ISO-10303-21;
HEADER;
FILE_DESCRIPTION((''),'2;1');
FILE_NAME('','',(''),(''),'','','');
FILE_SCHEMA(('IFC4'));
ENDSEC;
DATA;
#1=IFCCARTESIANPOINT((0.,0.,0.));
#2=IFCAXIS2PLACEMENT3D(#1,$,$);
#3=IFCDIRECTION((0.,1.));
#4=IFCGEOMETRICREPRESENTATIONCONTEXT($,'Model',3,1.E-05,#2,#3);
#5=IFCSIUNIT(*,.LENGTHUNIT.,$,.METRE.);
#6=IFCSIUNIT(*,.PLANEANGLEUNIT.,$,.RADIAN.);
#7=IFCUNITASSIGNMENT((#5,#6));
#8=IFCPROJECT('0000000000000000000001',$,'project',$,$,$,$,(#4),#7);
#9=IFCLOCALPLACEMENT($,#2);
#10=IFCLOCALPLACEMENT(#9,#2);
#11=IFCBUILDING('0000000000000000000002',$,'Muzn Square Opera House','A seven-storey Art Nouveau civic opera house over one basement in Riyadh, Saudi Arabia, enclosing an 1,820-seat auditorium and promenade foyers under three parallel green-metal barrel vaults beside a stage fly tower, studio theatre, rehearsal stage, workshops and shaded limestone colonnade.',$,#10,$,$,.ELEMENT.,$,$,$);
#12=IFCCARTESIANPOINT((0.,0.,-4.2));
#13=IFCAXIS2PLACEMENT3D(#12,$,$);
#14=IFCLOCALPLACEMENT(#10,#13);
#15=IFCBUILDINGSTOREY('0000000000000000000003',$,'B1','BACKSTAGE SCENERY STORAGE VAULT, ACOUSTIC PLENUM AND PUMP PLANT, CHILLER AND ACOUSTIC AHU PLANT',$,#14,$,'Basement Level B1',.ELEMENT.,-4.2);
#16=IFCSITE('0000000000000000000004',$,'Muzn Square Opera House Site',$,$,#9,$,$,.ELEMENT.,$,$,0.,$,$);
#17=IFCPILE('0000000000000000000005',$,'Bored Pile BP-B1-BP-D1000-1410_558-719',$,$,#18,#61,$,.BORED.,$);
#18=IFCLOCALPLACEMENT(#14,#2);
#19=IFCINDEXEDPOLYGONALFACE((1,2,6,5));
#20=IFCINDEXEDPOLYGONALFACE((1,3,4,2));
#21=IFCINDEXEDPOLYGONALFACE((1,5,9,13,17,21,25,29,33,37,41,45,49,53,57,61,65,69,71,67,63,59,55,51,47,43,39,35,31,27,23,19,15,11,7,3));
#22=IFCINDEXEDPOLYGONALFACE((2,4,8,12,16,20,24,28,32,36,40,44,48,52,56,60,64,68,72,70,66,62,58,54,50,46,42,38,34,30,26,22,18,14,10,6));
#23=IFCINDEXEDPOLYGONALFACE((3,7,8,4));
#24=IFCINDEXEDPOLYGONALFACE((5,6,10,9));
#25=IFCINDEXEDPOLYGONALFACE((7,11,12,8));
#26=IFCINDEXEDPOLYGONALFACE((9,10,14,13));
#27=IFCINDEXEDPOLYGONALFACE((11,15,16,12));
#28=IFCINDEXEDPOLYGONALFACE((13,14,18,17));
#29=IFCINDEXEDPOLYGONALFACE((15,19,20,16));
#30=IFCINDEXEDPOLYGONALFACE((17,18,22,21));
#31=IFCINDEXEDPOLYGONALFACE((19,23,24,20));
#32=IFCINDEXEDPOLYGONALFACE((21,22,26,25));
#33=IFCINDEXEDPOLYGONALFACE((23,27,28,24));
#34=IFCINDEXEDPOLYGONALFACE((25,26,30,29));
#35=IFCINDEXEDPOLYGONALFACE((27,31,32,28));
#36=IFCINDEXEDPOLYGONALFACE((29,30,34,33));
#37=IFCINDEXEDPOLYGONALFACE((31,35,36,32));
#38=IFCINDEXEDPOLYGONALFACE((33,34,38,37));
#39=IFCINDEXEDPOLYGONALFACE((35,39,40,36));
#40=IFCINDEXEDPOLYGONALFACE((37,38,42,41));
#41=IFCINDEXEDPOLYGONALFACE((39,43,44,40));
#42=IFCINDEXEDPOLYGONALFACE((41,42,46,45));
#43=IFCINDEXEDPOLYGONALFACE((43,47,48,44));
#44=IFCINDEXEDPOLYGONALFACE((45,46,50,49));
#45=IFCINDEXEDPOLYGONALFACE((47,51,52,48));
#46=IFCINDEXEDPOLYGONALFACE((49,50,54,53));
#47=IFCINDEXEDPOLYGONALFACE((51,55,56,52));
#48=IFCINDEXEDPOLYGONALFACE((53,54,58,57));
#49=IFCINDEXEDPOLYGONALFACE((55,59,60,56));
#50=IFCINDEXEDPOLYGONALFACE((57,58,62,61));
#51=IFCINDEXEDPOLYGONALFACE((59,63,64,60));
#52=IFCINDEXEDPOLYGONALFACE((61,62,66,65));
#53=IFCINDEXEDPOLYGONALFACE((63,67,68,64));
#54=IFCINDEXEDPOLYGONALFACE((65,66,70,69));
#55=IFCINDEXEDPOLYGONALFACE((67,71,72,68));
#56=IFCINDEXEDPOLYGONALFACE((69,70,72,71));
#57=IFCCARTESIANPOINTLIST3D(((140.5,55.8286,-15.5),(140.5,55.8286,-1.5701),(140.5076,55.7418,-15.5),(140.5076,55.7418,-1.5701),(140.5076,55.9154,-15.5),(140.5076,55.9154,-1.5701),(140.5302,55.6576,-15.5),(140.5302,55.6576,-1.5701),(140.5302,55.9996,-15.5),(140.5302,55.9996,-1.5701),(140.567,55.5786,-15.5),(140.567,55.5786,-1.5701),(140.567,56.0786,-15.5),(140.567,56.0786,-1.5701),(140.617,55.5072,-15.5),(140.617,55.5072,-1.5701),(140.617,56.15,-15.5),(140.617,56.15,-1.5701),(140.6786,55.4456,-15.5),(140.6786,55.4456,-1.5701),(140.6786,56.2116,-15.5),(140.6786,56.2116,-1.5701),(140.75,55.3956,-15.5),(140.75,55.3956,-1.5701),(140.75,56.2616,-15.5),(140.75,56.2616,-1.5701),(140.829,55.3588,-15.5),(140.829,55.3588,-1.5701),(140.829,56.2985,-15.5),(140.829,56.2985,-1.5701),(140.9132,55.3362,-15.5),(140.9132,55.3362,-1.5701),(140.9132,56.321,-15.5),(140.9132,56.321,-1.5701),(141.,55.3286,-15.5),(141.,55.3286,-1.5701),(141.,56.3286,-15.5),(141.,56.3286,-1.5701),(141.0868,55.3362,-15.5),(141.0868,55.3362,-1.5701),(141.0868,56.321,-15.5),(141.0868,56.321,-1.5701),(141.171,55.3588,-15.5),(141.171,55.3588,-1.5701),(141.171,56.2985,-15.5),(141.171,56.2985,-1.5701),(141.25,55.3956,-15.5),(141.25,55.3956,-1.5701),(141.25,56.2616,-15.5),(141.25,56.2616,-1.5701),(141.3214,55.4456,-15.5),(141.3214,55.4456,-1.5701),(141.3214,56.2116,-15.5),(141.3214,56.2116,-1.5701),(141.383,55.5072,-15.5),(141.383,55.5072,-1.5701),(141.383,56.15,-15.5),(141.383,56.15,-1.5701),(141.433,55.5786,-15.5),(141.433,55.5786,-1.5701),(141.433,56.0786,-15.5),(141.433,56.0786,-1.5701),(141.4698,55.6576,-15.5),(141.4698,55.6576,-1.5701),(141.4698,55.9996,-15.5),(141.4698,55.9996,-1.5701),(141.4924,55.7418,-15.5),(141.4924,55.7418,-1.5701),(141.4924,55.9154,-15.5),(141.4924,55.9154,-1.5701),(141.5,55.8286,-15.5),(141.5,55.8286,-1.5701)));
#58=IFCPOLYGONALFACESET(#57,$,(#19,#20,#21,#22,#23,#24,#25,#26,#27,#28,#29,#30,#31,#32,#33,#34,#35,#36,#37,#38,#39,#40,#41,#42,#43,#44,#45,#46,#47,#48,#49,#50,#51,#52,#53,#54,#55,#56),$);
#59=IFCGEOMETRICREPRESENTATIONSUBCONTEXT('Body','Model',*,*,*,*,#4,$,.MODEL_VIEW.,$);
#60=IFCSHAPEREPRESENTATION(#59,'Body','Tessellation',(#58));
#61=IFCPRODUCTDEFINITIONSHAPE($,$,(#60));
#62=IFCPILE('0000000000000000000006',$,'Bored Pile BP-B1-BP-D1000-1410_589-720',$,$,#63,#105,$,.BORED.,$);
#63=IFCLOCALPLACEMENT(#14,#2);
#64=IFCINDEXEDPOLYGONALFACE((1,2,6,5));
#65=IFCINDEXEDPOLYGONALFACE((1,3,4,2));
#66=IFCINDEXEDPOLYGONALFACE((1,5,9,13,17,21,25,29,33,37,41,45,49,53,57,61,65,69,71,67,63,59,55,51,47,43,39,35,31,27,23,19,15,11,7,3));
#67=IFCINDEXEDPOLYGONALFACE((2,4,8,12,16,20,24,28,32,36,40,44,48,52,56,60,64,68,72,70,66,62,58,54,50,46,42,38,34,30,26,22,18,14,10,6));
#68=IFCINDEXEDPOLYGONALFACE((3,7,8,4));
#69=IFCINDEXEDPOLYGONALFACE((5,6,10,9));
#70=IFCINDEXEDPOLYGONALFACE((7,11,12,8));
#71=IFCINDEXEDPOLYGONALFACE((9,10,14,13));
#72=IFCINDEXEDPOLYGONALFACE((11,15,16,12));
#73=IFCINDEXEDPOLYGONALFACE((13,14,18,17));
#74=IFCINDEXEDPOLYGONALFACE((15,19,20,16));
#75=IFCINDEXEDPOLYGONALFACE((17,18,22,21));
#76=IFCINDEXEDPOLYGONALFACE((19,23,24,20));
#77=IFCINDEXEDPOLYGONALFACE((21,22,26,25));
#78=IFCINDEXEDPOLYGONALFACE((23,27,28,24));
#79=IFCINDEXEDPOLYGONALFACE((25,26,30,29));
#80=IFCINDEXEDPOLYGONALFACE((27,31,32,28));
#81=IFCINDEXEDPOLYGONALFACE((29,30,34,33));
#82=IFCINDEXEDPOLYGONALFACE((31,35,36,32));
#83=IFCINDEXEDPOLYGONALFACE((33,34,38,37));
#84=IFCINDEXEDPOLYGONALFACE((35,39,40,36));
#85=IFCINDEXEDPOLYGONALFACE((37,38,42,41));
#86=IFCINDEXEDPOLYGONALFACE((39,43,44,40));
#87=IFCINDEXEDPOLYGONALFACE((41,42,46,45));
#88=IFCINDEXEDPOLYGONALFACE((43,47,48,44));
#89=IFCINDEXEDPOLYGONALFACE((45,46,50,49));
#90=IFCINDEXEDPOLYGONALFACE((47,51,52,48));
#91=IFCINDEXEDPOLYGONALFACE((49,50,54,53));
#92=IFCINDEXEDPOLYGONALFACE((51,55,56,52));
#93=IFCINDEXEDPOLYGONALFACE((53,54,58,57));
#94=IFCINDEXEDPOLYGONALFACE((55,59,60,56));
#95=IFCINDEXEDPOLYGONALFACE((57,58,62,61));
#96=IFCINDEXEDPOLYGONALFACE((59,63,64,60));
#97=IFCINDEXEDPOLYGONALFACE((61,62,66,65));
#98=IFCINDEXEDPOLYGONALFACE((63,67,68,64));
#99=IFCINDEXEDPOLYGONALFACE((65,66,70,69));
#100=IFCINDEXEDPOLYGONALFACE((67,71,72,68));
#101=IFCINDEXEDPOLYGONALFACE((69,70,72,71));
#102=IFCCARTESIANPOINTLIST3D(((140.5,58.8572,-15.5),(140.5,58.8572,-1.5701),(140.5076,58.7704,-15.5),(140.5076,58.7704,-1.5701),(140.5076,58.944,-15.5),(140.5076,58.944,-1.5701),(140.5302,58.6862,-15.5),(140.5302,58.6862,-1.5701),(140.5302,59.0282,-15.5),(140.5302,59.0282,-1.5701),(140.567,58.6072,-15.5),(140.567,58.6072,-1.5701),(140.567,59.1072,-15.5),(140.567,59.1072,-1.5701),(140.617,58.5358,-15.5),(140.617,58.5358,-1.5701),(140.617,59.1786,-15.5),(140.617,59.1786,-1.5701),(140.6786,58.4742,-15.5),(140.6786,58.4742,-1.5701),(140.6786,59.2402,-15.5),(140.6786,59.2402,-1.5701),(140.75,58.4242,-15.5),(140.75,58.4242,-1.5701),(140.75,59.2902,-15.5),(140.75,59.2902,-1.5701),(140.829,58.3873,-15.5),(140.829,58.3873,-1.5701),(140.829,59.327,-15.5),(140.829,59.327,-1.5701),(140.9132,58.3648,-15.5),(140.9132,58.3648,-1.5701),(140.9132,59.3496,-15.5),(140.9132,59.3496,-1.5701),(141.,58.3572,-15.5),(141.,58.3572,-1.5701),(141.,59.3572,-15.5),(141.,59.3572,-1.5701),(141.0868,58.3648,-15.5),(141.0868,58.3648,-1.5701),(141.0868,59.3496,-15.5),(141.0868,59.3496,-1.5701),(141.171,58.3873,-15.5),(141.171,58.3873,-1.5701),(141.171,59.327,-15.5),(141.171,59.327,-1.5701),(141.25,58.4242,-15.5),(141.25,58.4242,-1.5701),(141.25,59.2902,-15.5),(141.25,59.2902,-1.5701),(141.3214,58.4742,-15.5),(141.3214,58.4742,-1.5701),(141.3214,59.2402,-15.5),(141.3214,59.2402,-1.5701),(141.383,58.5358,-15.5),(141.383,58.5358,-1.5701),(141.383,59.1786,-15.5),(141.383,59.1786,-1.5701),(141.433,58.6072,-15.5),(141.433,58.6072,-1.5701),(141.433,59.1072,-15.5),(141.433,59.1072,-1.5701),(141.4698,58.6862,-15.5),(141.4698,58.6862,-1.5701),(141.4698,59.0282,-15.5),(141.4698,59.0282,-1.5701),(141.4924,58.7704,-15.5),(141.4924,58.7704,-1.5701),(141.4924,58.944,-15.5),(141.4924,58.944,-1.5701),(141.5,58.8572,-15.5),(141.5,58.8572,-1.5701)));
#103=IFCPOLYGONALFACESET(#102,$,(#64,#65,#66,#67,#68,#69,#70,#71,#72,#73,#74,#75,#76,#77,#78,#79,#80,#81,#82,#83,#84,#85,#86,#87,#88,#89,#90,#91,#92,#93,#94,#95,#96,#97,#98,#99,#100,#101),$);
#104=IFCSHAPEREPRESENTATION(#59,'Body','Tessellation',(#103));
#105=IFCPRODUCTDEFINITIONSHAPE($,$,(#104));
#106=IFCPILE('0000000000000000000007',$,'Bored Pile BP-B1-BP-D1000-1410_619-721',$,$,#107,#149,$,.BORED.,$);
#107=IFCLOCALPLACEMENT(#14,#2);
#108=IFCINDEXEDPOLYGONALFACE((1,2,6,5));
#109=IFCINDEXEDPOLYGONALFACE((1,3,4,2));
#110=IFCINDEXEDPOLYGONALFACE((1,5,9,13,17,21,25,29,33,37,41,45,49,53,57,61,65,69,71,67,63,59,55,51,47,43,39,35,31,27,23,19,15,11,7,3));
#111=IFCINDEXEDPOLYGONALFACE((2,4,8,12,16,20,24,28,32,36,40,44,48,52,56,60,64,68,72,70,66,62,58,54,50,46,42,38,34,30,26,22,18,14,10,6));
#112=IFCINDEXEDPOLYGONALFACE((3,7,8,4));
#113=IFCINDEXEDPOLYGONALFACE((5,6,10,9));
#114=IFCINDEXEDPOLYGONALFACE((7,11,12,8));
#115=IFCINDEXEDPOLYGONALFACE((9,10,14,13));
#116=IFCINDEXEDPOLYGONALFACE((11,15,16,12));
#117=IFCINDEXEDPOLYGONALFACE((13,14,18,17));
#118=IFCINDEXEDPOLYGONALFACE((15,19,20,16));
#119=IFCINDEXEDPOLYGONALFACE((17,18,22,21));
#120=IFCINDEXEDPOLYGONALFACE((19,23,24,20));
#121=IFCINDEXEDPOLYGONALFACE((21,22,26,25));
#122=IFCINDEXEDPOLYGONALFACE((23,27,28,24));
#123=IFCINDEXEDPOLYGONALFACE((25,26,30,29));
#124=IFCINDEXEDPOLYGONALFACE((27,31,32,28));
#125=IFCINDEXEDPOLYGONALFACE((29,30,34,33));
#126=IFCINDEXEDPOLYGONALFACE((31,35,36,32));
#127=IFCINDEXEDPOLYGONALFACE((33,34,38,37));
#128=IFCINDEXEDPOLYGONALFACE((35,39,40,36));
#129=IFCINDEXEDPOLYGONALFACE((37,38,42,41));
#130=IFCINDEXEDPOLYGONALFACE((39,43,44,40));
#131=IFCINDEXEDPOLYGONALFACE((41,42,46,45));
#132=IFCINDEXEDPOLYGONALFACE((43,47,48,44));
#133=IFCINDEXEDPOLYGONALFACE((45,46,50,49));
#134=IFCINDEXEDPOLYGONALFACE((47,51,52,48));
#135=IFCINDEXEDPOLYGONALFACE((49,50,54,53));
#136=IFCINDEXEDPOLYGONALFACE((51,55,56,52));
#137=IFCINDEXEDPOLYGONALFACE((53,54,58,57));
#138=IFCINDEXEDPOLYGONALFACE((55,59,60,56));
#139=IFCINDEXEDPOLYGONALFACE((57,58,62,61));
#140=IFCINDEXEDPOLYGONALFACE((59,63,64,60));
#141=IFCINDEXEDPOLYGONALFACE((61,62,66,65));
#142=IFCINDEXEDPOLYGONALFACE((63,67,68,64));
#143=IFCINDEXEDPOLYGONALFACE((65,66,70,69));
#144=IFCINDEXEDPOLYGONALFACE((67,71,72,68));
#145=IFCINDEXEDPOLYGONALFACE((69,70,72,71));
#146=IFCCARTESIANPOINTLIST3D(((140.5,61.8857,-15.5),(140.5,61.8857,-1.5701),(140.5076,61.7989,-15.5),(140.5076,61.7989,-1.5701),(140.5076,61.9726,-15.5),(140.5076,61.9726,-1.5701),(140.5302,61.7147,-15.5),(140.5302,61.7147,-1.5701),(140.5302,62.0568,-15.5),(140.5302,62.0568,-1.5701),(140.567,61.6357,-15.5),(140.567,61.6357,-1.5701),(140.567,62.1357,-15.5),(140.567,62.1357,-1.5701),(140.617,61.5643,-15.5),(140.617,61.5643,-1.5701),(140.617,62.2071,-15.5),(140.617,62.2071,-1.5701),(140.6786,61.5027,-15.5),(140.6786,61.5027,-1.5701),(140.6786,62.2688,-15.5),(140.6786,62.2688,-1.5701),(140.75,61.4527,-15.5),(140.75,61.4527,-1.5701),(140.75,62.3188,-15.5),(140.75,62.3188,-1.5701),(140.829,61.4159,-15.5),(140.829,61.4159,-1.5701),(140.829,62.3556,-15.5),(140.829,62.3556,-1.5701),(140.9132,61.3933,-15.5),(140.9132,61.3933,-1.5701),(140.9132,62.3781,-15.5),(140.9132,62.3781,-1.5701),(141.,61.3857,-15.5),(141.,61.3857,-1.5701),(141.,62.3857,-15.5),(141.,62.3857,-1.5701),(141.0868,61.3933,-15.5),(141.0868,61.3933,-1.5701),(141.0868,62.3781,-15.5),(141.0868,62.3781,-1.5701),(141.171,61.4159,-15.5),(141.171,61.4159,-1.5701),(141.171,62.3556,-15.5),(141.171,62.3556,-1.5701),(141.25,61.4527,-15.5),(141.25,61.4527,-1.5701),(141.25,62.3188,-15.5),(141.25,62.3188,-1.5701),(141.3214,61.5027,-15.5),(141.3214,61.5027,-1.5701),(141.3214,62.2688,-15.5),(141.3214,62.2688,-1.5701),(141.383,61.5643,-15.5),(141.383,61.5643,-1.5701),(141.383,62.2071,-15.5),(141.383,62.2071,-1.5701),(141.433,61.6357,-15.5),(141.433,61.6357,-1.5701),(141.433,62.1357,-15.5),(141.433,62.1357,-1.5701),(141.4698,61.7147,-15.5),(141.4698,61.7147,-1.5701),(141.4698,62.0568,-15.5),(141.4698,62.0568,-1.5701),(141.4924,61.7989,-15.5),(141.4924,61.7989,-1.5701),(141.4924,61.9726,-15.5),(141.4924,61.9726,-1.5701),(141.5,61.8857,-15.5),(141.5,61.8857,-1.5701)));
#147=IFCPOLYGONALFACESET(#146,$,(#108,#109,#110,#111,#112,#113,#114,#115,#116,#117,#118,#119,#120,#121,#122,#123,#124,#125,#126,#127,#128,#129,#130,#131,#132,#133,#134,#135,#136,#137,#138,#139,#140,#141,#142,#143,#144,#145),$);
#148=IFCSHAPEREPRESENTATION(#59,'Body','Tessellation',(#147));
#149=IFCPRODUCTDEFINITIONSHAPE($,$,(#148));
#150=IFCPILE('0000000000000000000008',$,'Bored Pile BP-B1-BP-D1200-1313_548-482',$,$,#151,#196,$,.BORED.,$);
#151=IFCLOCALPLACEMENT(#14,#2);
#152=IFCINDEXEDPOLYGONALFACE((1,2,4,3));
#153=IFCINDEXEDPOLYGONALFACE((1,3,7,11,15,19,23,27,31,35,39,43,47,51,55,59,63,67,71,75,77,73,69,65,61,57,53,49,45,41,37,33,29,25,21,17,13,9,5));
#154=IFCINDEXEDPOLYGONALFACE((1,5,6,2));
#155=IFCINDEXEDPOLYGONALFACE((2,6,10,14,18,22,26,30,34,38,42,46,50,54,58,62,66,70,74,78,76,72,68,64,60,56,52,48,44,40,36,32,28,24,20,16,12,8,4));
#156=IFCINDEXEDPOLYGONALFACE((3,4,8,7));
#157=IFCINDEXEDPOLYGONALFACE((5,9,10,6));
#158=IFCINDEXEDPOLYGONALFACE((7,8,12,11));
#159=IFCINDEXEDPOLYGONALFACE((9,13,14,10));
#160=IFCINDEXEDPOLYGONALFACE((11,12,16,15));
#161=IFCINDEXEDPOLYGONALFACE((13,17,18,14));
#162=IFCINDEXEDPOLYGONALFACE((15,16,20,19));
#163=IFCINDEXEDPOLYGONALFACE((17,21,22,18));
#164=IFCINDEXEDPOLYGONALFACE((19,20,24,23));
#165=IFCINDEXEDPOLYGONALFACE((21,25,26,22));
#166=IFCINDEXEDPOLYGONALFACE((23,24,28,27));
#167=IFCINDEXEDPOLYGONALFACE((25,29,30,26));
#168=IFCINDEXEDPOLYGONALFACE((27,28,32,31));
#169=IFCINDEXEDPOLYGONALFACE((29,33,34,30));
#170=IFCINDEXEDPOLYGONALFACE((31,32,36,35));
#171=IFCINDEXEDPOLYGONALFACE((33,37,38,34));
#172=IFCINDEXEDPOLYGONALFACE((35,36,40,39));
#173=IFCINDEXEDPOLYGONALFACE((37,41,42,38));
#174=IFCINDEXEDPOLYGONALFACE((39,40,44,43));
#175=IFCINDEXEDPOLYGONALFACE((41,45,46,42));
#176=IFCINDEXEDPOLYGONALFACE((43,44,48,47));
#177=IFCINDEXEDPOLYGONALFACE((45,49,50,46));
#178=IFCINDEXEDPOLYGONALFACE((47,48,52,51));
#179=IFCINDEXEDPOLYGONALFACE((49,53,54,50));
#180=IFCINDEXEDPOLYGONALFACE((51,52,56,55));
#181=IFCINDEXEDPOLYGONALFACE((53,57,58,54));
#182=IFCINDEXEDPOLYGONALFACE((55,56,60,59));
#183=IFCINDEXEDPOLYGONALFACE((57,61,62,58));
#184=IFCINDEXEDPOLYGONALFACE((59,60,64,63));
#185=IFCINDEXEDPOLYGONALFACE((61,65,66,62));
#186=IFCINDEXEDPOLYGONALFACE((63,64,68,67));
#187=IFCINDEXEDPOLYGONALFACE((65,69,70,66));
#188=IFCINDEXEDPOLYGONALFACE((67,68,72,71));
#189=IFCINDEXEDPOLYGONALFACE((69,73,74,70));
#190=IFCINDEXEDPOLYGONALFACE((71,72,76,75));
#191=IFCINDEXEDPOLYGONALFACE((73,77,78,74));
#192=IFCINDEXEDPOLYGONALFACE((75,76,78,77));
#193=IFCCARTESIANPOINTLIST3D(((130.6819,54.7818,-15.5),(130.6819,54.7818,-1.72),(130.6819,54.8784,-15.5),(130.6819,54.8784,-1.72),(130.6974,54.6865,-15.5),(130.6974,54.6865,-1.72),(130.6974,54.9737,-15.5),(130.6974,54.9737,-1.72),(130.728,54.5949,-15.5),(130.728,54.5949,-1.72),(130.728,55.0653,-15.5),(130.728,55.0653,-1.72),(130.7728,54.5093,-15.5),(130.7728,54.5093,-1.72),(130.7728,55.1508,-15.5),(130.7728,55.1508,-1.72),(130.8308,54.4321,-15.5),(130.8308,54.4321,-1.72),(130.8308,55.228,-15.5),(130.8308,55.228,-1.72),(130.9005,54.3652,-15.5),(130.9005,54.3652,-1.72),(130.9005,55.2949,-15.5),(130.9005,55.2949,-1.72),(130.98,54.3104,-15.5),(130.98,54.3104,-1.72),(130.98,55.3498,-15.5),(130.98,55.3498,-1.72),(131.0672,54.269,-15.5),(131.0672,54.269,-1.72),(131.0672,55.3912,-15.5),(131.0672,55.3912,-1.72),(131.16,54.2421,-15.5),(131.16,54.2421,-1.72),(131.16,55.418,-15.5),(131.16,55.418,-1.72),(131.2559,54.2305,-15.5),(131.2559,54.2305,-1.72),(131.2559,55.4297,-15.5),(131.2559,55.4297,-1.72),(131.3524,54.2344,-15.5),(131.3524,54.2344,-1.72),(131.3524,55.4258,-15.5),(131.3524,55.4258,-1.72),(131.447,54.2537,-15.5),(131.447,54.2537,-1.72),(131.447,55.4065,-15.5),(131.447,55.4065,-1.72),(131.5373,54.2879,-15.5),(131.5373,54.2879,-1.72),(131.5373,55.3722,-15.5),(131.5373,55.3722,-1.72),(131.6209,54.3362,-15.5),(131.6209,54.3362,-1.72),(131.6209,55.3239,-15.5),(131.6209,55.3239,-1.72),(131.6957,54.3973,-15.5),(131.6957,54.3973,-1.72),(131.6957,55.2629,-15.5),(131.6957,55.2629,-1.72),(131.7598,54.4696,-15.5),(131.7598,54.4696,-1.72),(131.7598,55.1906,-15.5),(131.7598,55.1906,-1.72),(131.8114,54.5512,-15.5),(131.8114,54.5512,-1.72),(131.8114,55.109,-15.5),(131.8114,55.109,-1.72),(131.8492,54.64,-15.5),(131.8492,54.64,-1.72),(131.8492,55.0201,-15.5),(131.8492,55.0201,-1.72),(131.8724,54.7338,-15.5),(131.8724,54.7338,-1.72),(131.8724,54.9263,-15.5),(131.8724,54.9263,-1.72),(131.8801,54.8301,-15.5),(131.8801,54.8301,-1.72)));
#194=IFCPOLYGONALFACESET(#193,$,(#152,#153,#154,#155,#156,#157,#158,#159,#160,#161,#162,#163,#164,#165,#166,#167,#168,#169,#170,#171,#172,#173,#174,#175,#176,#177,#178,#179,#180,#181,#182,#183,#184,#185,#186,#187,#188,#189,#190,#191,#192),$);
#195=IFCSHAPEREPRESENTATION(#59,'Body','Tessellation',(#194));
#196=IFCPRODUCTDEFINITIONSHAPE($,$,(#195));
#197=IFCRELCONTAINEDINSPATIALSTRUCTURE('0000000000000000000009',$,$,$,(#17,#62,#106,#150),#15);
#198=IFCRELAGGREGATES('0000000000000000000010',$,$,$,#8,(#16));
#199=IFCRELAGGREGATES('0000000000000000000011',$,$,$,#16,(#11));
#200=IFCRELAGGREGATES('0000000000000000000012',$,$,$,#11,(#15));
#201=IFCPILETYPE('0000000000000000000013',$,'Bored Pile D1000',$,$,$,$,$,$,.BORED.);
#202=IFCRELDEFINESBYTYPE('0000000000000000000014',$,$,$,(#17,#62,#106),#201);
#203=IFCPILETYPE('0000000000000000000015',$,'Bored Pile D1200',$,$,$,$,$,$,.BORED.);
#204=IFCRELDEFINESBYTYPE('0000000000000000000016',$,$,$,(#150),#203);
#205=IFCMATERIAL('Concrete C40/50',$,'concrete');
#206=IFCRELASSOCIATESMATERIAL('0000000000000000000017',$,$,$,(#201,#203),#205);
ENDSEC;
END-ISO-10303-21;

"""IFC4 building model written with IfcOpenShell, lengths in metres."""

from ifc_helpers import new_model, si_unit, direction, frame, origin, origin_2d, place, context, subcontext, project, spatial, circle, extrude, material, material_profile, profile_set, type_object, element, save


model = new_model("IFC4")

# Units and contexts
model_context = context("Model", 3, precision=1e-05, world=origin(), true_north=direction((0.0, 1.0)))
body_context = subcontext(model_context, "Body", "Model", "MODEL_VIEW")
ifc_project = project(units=[si_unit("LENGTHUNIT", "METRE"), si_unit("PLANEANGLEUNIT", "RADIAN")], contexts=[model_context])

# Site, building, storey
site_placement = place(None, origin())
site = spatial("IfcSite", under=ifc_project, at=site_placement, Name="Muzn Square Opera House Site", CompositionType="ELEMENT", RefElevation=0.0)
building_placement = place(site_placement, origin())
building = spatial("IfcBuilding", under=site, at=building_placement, Name="Muzn Square Opera House", Description="A seven-storey Art Nouveau civic opera house over one basement in Riyadh, Saudi Arabia, enclosing an 1,820-seat auditorium and promenade foyers under three parallel green-metal barrel vaults beside a stage fly tower, studio theatre, rehearsal stage, workshops and shaded limestone colonnade.", CompositionType="ELEMENT")
storey_placement = place(building_placement, frame((0.0, 0.0, -4.2)))
storey = spatial("IfcBuildingStorey", under=building, at=storey_placement, Name="B1", Description="BACKSTAGE SCENERY STORAGE VAULT, ACOUSTIC PLENUM AND PUMP PLANT, CHILLER AND ACOUSTIC AHU PLANT", LongName="Basement Level B1", CompositionType="ELEMENT", Elevation=-4.2)

# Piles
ifc_material_1 = material(Name="Concrete C40/50", Category="concrete")
ifc_material_profile_1 = material_profile(ifc_material_1, circle(Radius=0.5, at=origin_2d()), Name="BORED PILE D1000", Category="concrete")
ifc_profile_set_1 = profile_set([ifc_material_profile_1], Name="Concrete C40/50")
pile_type_1 = type_object("IfcPileType", Name="Bored Pile D1000", PredefinedType="BORED", material=ifc_profile_set_1)
for number, where, z_axis, x_axis, name in (
    (1, (141.0, 55.8286, -1.5701), (0.0, 0.0, -1.0), (1.0, 0.0, 0.0), "Bored Pile BP-B1-BP-D1000-1410_558-719"),
    (2, (141.0, 58.8572, -1.5701), (0.0, 0.0, -1.0), (1.0, 0.0, 0.0), "Bored Pile BP-B1-BP-D1000-1410_589-720"),
    (3, (141.0, 61.8857, -1.5701), (0.0, 0.0, -1.0), (1.0, 0.0, 0.0), "Bored Pile BP-B1-BP-D1000-1410_619-721"),
):
    element("IfcPile", number, at=place(storey_placement, frame(where, z_axis=z_axis, x_axis=x_axis)), inside=storey, type_object=pile_type_1, Name=name, PredefinedType="BORED", context=body_context, shape_type="SweptSolid", body=[
        extrude(circle(Radius=0.5, at=origin_2d()), origin(), (0.0, 0.0, 1.0), 13.9299),
    ])
ifc_material_profile_2 = material_profile(ifc_material_1, circle(Radius=0.6001, at=origin_2d()), Name="BORED PILE D1200", Category="concrete")
ifc_profile_set_2 = profile_set([ifc_material_profile_2], Name="Concrete C40/50")
pile_type_2 = type_object("IfcPileType", Name="Bored Pile D1200", PredefinedType="BORED", material=ifc_profile_set_2)
for number, where, z_axis, x_axis, name in (
    (4, (131.28, 54.8301, -1.72), (0.0, 0.0, -1.0), (1.0, 0.0, 0.0), "Bored Pile BP-B1-BP-D1200-1313_548-482"),
):
    element("IfcPile", number, at=place(storey_placement, frame(where, z_axis=z_axis, x_axis=x_axis)), inside=storey, type_object=pile_type_2, Name=name, PredefinedType="BORED", context=body_context, shape_type="SweptSolid", body=[
        extrude(circle(Radius=0.6001, at=origin_2d()), origin(), (0.0, 0.0, 1.0), 13.78),
    ])

save(model, "model.ifc")
